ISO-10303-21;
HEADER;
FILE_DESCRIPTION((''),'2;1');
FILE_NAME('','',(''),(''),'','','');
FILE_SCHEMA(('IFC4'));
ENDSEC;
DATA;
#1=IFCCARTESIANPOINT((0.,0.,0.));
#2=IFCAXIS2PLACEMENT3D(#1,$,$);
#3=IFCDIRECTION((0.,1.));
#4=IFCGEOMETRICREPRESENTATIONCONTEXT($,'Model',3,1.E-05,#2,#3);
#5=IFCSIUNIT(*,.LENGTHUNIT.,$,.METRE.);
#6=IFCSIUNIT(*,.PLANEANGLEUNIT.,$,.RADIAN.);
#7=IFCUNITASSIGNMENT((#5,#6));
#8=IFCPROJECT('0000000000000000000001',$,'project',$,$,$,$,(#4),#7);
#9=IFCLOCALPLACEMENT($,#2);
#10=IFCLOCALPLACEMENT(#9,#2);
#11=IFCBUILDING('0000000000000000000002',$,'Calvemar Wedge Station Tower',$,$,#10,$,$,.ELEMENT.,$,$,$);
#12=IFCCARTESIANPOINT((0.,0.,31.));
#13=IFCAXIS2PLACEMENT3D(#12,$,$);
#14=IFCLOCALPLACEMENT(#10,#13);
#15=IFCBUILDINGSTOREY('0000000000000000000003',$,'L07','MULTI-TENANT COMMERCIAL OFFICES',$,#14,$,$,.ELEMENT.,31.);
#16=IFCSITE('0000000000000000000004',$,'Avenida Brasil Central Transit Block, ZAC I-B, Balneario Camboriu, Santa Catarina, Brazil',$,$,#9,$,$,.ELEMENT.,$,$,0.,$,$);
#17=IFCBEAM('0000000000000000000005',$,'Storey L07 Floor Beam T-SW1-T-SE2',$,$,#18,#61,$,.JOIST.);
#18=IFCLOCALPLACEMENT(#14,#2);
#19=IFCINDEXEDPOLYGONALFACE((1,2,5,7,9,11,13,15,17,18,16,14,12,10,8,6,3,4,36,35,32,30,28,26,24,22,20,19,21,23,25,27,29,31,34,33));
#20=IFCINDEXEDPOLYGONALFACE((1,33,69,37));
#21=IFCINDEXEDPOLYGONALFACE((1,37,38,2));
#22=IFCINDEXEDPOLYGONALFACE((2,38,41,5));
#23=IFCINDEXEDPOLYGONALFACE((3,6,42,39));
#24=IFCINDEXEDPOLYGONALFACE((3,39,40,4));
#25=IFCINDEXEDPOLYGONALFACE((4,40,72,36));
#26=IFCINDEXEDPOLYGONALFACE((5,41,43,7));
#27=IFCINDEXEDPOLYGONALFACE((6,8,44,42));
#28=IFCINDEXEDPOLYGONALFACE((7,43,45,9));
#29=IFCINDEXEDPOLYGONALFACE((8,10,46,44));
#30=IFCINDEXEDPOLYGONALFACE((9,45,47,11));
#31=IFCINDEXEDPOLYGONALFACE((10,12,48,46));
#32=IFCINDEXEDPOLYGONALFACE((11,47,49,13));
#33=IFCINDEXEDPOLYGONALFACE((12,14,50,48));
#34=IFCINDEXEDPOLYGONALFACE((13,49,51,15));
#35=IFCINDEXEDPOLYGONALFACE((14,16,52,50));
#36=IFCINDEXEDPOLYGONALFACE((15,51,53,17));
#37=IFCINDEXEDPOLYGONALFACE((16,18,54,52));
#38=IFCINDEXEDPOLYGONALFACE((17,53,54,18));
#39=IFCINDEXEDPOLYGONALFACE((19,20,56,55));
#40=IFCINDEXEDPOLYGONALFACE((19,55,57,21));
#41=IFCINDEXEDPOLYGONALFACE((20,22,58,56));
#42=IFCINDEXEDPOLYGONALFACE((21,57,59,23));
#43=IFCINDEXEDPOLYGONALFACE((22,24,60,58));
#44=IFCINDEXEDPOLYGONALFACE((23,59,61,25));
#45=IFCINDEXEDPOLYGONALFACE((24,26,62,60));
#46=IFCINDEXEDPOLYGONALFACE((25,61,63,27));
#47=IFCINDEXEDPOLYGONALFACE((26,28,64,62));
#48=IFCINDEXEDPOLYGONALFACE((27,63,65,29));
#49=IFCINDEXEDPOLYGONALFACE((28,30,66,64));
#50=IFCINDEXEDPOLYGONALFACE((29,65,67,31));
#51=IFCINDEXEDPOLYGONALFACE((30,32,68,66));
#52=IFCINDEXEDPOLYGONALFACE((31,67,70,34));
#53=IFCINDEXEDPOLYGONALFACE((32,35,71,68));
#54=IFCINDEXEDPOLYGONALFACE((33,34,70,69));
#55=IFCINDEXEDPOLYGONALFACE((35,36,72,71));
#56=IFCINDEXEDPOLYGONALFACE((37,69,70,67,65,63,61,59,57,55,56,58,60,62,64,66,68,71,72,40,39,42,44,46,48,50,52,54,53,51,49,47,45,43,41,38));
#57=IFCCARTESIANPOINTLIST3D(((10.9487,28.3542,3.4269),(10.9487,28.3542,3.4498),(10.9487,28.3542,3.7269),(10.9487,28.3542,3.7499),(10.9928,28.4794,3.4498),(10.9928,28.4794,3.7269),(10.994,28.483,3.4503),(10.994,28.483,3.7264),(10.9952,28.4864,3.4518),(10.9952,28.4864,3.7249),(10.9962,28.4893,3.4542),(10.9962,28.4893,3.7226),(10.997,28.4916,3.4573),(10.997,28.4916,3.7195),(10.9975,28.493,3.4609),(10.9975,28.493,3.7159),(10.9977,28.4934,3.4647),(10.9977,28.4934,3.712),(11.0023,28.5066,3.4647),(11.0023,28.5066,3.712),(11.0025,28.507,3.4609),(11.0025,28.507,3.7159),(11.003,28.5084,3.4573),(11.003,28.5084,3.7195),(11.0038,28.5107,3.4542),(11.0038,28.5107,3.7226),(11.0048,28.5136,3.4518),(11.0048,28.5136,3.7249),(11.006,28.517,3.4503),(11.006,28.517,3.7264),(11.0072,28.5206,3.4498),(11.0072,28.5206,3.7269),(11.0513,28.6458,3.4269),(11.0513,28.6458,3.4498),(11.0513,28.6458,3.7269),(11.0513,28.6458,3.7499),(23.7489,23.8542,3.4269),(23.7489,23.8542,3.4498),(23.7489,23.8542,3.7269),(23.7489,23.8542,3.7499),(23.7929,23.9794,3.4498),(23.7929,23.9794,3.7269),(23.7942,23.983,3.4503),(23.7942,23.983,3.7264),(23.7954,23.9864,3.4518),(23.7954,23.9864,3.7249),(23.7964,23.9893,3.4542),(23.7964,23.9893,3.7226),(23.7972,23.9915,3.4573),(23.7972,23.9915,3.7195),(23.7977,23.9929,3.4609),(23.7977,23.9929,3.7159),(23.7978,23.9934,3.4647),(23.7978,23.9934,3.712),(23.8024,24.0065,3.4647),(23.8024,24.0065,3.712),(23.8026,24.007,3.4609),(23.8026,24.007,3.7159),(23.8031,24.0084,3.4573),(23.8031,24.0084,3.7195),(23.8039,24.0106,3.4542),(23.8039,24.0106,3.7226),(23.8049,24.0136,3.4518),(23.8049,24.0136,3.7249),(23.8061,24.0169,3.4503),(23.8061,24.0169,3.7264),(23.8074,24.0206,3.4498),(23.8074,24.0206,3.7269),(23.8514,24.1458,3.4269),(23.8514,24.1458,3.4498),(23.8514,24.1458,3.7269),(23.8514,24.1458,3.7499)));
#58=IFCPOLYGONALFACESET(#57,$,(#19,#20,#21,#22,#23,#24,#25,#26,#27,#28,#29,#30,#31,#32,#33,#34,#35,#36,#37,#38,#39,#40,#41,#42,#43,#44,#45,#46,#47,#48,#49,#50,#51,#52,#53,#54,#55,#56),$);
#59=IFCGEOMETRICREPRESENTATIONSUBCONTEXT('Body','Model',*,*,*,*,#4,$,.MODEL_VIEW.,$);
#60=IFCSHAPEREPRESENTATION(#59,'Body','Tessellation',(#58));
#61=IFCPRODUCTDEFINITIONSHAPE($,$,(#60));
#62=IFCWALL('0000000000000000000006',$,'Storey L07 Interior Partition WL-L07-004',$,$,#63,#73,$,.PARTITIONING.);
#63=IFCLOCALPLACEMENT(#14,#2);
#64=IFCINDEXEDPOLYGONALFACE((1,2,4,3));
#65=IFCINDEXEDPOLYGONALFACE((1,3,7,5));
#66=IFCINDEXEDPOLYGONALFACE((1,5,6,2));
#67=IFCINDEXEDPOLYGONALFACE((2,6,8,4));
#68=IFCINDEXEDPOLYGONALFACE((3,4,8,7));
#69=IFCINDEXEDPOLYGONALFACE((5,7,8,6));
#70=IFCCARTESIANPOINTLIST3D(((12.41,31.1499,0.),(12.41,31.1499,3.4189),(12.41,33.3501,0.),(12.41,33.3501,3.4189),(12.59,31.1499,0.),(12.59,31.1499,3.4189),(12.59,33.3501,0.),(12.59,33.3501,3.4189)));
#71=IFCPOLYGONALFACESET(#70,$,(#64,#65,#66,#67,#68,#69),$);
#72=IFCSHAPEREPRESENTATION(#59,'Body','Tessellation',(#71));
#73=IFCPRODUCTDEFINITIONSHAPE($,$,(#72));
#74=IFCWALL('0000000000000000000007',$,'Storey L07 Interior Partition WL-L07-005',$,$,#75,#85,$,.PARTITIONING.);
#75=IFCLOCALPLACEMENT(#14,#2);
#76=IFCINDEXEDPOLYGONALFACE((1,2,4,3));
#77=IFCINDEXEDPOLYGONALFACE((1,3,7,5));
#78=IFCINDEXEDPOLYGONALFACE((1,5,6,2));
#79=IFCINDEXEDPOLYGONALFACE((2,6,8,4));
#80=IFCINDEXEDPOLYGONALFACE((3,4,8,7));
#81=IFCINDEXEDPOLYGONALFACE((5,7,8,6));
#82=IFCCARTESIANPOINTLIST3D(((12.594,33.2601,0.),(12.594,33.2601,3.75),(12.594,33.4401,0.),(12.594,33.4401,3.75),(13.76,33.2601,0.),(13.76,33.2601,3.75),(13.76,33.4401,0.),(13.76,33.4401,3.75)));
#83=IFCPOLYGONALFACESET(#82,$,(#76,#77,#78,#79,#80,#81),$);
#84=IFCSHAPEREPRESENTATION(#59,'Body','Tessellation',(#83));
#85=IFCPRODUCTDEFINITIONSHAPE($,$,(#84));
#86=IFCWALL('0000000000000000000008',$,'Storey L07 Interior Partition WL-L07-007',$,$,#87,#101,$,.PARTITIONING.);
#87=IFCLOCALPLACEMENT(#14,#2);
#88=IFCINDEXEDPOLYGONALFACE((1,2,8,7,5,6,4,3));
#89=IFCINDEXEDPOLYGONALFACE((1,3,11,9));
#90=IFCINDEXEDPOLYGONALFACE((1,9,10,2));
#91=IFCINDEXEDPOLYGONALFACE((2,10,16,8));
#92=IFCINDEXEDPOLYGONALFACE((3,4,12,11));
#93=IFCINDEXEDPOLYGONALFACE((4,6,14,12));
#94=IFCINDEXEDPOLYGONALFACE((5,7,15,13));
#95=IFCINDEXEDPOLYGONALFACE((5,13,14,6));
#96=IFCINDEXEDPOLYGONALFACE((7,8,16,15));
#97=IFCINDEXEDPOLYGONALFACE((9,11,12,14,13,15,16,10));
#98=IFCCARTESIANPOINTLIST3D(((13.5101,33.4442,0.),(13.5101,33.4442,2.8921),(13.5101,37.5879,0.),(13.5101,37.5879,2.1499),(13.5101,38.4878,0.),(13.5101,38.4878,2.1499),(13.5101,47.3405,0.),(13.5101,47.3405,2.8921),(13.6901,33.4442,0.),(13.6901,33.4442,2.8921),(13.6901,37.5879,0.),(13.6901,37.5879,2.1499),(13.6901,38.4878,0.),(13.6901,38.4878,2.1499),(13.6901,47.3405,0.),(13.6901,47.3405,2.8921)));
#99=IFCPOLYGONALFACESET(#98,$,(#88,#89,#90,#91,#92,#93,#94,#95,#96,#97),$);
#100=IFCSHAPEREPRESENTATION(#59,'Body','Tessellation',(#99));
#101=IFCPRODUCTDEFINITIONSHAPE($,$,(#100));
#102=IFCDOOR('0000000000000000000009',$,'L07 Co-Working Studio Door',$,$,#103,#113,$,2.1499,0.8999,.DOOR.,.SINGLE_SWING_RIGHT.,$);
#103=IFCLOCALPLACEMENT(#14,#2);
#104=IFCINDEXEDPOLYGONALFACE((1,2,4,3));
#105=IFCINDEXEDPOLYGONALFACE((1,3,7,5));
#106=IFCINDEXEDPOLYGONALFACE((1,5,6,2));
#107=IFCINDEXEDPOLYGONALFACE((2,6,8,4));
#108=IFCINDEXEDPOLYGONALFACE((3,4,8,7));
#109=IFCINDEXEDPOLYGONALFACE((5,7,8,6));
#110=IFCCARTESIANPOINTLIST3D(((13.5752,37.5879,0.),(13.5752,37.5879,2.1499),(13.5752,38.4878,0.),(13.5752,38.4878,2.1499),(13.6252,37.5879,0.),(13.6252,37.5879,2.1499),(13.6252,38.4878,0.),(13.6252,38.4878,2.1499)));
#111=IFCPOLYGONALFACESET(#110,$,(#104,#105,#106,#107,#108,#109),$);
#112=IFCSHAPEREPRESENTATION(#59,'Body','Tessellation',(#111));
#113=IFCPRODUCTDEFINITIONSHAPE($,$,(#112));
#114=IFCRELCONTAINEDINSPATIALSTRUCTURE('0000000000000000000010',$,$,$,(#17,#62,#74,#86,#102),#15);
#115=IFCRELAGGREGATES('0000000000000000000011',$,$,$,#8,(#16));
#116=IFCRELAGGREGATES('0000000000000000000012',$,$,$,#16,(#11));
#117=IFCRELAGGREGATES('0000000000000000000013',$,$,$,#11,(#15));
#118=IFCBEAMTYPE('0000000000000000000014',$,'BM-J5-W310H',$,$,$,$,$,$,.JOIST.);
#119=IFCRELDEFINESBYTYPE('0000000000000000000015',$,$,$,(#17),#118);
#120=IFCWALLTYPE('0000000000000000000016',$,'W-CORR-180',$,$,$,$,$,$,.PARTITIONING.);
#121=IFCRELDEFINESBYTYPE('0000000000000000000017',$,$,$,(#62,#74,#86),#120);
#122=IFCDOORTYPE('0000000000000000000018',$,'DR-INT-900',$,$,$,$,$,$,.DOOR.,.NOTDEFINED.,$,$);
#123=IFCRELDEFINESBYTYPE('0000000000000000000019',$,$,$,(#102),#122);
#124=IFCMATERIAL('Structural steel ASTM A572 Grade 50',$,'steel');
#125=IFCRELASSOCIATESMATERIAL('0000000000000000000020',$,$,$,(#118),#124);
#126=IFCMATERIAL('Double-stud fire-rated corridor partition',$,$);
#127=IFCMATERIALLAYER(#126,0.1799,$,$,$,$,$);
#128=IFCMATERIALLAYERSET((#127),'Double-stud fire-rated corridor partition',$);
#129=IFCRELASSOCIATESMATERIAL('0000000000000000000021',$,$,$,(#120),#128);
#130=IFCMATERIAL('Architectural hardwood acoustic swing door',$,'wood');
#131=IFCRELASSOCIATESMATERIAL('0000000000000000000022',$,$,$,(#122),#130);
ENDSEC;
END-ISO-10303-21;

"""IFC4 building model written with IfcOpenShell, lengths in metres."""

from ifc_helpers import new_model, si_unit, direction, frame, frame_2d, origin, origin_2d, place, context, subcontext, project, spatial, rectangle, i_section, extrude, source, transform, mapped, material, layer, layer_set, material_profile, profile_set, type_object, element, fill, save


model = new_model("IFC4")

# Units and contexts
model_context = context("Model", 3, precision=1e-05, world=origin(), true_north=direction((0.0, 1.0)))
body_context = subcontext(model_context, "Body", "Model", "MODEL_VIEW")
ifc_project = project(units=[si_unit("LENGTHUNIT", "METRE"), si_unit("PLANEANGLEUNIT", "RADIAN")], contexts=[model_context])

# Site, building, storey
site_placement = place(None, origin())
site = spatial("IfcSite", under=ifc_project, at=site_placement, Name="Avenida Brasil Central Transit Block, ZAC I-B, Balneario Camboriu, Santa Catarina, Brazil", CompositionType="ELEMENT", RefElevation=0.0)
building_placement = place(site_placement, origin())
building = spatial("IfcBuilding", under=site, at=building_placement, Name="Calvemar Wedge Station Tower", CompositionType="ELEMENT")
storey_placement = place(building_placement, frame((0.0, 0.0, 31.0)))
storey = spatial("IfcBuildingStorey", under=building, at=storey_placement, Name="L07", Description="MULTI-TENANT COMMERCIAL OFFICES", CompositionType="ELEMENT", Elevation=31.0)

# Beam
ifc_material_1 = material(Name="Structural steel ASTM A572 Grade 50", Category="steel")
ifc_material_profile_1 = material_profile(ifc_material_1, i_section(OverallWidth=0.3091, OverallDepth=0.323, WebThickness=0.0139, FlangeThickness=0.0229, FilletRadius=0.0149, at=origin_2d()), Name="W310x143")
ifc_profile_set_1 = profile_set([ifc_material_profile_1], Name="Structural steel ASTM A572 Grade 50")
beam_type_1 = type_object("IfcBeamType", Name="BM-J5-W310H", PredefinedType="JOIST", material=ifc_profile_set_1)
shared_shape_1 = source(origin(), body_context, "Body", "SweptSolid", [
    extrude(i_section(OverallWidth=0.3091, OverallDepth=0.323, WebThickness=0.0139, FlangeThickness=0.0229, FilletRadius=0.0149, at=origin_2d()), origin(), (0.0, 0.0, 1.0), 13.5681),
])
for number, where, z_axis, x_axis, name in (
    (1, (11.0, 28.5, 3.5884), (0.943398, -0.331662, 0.0), (0.331662, 0.943398, 0.0), "Storey L07 Floor Beam T-SW1-T-SE2"),
):
    element("IfcBeam", number, at=place(storey_placement, frame(where, z_axis=z_axis, x_axis=x_axis)), inside=storey, type_object=beam_type_1, Name=name, PredefinedType="JOIST", context=body_context, shape_type="MappedRepresentation", body=[
        mapped(shared_shape_1, transform((0.0, 0.0, 0.0), scale=1.0)),
    ])

# Walls
ifc_material_2 = material(Name="Double-stud fire-rated corridor partition")
ifc_layer_1 = layer(ifc_material_2, 0.1799)
ifc_layer_set_1 = layer_set([ifc_layer_1], Name="Double-stud fire-rated corridor partition")
wall_type_1 = type_object("IfcWallType", Name="W-CORR-180", PredefinedType="PARTITIONING", material=ifc_layer_set_1)
wall_1_placement = place(storey_placement, frame((12.5, 31.1499, 0.0), z_axis=(0.0, 0.0, 1.0), x_axis=(0.0, 1.0, 0.0)))
element("IfcWall", 2, at=wall_1_placement, inside=storey, type_object=wall_type_1, Name="Storey L07 Interior Partition WL-L07-004", PredefinedType="PARTITIONING", context=body_context, shape_type="SweptSolid", body=[
    extrude(rectangle(XDim=2.2002, YDim=0.1799, at=frame_2d((1.1001, 0.0))), origin(), (0.0, 0.0, 1.0), 3.4189),
])
wall_2_placement = place(storey_placement, frame((12.594, 33.3501, 0.0), z_axis=(0.0, 0.0, 1.0), x_axis=(1.0, 0.0, 0.0)))
element("IfcWall", 3, at=wall_2_placement, inside=storey, type_object=wall_type_1, Name="Storey L07 Interior Partition WL-L07-005", PredefinedType="PARTITIONING", context=body_context, shape_type="SweptSolid", body=[
    extrude(rectangle(XDim=1.166, YDim=0.1799, at=frame_2d((0.583, 0.0))), origin(), (0.0, 0.0, 1.0), 3.75),
])

# Wall, opening, door
wall_3_placement = place(storey_placement, frame((13.6001, 33.4441, 0.0), z_axis=(0.0, 0.0, 1.0), x_axis=(0.0, 1.0, 0.0)))
wall_3 = element("IfcWall", 4, at=wall_3_placement, inside=storey, type_object=wall_type_1, Name="Storey L07 Interior Partition WL-L07-007", PredefinedType="PARTITIONING", context=body_context, shape_type="SweptSolid", body=[
    extrude(rectangle(XDim=13.8962, YDim=0.1799, at=frame_2d((6.9482, 0.0))), origin(), (0.0, 0.0, 1.0), 2.8921),
])
shared_shape_2 = source(origin(), body_context, "Body", "SweptSolid", [
    extrude(rectangle(XDim=0.8999, YDim=2.1499, at=frame_2d((0.45, 1.075))), frame((0.0, 0.1001, 0.0), z_axis=(0.0, -1.0, 0.0), x_axis=(1.0, 0.0, 0.0)), (0.0, 0.0, 1.0), 0.2),
])
opening_1_placement = place(wall_3_placement, frame((4.1438, 0.0, 0.0)))
opening_1 = element("IfcOpeningElement", 5, at=opening_1_placement, cuts=wall_3, PredefinedType="OPENING", context=body_context, shape_type="MappedRepresentation", body=[
    mapped(shared_shape_2, transform((0.0, 0.0, 0.0), scale=1.0)),
])
ifc_material_3 = material(Name="Architectural hardwood acoustic swing door", Category="wood")
door_type = type_object("IfcDoorType", Name="DR-INT-900", OperationType="NOTDEFINED", PredefinedType="DOOR", material=ifc_material_3)
shared_shape_3 = source(origin(), body_context, "Body", "SweptSolid", [
    extrude(rectangle(XDim=0.8999, YDim=2.1499, at=frame_2d((0.45, 1.075))), frame((0.0, 0.0249, 0.0), z_axis=(0.0, -1.0, 0.0), x_axis=(1.0, 0.0, 0.0)), (0.0, 0.0, 1.0), 0.05),
])
door_placement = place(opening_1_placement, origin())
door = element("IfcDoor", 6, at=door_placement, inside=storey, type_object=door_type, Name="L07 Co-Working Studio Door", OperationType="SINGLE_SWING_RIGHT", OverallHeight=2.1499, OverallWidth=0.8999, PredefinedType="DOOR", context=body_context, shape_type="MappedRepresentation", body=[
    mapped(shared_shape_3, transform((0.0, 0.0, 0.0), scale=1.0)),
])
fill(opening_1, door)

save(model, "model.ifc")
